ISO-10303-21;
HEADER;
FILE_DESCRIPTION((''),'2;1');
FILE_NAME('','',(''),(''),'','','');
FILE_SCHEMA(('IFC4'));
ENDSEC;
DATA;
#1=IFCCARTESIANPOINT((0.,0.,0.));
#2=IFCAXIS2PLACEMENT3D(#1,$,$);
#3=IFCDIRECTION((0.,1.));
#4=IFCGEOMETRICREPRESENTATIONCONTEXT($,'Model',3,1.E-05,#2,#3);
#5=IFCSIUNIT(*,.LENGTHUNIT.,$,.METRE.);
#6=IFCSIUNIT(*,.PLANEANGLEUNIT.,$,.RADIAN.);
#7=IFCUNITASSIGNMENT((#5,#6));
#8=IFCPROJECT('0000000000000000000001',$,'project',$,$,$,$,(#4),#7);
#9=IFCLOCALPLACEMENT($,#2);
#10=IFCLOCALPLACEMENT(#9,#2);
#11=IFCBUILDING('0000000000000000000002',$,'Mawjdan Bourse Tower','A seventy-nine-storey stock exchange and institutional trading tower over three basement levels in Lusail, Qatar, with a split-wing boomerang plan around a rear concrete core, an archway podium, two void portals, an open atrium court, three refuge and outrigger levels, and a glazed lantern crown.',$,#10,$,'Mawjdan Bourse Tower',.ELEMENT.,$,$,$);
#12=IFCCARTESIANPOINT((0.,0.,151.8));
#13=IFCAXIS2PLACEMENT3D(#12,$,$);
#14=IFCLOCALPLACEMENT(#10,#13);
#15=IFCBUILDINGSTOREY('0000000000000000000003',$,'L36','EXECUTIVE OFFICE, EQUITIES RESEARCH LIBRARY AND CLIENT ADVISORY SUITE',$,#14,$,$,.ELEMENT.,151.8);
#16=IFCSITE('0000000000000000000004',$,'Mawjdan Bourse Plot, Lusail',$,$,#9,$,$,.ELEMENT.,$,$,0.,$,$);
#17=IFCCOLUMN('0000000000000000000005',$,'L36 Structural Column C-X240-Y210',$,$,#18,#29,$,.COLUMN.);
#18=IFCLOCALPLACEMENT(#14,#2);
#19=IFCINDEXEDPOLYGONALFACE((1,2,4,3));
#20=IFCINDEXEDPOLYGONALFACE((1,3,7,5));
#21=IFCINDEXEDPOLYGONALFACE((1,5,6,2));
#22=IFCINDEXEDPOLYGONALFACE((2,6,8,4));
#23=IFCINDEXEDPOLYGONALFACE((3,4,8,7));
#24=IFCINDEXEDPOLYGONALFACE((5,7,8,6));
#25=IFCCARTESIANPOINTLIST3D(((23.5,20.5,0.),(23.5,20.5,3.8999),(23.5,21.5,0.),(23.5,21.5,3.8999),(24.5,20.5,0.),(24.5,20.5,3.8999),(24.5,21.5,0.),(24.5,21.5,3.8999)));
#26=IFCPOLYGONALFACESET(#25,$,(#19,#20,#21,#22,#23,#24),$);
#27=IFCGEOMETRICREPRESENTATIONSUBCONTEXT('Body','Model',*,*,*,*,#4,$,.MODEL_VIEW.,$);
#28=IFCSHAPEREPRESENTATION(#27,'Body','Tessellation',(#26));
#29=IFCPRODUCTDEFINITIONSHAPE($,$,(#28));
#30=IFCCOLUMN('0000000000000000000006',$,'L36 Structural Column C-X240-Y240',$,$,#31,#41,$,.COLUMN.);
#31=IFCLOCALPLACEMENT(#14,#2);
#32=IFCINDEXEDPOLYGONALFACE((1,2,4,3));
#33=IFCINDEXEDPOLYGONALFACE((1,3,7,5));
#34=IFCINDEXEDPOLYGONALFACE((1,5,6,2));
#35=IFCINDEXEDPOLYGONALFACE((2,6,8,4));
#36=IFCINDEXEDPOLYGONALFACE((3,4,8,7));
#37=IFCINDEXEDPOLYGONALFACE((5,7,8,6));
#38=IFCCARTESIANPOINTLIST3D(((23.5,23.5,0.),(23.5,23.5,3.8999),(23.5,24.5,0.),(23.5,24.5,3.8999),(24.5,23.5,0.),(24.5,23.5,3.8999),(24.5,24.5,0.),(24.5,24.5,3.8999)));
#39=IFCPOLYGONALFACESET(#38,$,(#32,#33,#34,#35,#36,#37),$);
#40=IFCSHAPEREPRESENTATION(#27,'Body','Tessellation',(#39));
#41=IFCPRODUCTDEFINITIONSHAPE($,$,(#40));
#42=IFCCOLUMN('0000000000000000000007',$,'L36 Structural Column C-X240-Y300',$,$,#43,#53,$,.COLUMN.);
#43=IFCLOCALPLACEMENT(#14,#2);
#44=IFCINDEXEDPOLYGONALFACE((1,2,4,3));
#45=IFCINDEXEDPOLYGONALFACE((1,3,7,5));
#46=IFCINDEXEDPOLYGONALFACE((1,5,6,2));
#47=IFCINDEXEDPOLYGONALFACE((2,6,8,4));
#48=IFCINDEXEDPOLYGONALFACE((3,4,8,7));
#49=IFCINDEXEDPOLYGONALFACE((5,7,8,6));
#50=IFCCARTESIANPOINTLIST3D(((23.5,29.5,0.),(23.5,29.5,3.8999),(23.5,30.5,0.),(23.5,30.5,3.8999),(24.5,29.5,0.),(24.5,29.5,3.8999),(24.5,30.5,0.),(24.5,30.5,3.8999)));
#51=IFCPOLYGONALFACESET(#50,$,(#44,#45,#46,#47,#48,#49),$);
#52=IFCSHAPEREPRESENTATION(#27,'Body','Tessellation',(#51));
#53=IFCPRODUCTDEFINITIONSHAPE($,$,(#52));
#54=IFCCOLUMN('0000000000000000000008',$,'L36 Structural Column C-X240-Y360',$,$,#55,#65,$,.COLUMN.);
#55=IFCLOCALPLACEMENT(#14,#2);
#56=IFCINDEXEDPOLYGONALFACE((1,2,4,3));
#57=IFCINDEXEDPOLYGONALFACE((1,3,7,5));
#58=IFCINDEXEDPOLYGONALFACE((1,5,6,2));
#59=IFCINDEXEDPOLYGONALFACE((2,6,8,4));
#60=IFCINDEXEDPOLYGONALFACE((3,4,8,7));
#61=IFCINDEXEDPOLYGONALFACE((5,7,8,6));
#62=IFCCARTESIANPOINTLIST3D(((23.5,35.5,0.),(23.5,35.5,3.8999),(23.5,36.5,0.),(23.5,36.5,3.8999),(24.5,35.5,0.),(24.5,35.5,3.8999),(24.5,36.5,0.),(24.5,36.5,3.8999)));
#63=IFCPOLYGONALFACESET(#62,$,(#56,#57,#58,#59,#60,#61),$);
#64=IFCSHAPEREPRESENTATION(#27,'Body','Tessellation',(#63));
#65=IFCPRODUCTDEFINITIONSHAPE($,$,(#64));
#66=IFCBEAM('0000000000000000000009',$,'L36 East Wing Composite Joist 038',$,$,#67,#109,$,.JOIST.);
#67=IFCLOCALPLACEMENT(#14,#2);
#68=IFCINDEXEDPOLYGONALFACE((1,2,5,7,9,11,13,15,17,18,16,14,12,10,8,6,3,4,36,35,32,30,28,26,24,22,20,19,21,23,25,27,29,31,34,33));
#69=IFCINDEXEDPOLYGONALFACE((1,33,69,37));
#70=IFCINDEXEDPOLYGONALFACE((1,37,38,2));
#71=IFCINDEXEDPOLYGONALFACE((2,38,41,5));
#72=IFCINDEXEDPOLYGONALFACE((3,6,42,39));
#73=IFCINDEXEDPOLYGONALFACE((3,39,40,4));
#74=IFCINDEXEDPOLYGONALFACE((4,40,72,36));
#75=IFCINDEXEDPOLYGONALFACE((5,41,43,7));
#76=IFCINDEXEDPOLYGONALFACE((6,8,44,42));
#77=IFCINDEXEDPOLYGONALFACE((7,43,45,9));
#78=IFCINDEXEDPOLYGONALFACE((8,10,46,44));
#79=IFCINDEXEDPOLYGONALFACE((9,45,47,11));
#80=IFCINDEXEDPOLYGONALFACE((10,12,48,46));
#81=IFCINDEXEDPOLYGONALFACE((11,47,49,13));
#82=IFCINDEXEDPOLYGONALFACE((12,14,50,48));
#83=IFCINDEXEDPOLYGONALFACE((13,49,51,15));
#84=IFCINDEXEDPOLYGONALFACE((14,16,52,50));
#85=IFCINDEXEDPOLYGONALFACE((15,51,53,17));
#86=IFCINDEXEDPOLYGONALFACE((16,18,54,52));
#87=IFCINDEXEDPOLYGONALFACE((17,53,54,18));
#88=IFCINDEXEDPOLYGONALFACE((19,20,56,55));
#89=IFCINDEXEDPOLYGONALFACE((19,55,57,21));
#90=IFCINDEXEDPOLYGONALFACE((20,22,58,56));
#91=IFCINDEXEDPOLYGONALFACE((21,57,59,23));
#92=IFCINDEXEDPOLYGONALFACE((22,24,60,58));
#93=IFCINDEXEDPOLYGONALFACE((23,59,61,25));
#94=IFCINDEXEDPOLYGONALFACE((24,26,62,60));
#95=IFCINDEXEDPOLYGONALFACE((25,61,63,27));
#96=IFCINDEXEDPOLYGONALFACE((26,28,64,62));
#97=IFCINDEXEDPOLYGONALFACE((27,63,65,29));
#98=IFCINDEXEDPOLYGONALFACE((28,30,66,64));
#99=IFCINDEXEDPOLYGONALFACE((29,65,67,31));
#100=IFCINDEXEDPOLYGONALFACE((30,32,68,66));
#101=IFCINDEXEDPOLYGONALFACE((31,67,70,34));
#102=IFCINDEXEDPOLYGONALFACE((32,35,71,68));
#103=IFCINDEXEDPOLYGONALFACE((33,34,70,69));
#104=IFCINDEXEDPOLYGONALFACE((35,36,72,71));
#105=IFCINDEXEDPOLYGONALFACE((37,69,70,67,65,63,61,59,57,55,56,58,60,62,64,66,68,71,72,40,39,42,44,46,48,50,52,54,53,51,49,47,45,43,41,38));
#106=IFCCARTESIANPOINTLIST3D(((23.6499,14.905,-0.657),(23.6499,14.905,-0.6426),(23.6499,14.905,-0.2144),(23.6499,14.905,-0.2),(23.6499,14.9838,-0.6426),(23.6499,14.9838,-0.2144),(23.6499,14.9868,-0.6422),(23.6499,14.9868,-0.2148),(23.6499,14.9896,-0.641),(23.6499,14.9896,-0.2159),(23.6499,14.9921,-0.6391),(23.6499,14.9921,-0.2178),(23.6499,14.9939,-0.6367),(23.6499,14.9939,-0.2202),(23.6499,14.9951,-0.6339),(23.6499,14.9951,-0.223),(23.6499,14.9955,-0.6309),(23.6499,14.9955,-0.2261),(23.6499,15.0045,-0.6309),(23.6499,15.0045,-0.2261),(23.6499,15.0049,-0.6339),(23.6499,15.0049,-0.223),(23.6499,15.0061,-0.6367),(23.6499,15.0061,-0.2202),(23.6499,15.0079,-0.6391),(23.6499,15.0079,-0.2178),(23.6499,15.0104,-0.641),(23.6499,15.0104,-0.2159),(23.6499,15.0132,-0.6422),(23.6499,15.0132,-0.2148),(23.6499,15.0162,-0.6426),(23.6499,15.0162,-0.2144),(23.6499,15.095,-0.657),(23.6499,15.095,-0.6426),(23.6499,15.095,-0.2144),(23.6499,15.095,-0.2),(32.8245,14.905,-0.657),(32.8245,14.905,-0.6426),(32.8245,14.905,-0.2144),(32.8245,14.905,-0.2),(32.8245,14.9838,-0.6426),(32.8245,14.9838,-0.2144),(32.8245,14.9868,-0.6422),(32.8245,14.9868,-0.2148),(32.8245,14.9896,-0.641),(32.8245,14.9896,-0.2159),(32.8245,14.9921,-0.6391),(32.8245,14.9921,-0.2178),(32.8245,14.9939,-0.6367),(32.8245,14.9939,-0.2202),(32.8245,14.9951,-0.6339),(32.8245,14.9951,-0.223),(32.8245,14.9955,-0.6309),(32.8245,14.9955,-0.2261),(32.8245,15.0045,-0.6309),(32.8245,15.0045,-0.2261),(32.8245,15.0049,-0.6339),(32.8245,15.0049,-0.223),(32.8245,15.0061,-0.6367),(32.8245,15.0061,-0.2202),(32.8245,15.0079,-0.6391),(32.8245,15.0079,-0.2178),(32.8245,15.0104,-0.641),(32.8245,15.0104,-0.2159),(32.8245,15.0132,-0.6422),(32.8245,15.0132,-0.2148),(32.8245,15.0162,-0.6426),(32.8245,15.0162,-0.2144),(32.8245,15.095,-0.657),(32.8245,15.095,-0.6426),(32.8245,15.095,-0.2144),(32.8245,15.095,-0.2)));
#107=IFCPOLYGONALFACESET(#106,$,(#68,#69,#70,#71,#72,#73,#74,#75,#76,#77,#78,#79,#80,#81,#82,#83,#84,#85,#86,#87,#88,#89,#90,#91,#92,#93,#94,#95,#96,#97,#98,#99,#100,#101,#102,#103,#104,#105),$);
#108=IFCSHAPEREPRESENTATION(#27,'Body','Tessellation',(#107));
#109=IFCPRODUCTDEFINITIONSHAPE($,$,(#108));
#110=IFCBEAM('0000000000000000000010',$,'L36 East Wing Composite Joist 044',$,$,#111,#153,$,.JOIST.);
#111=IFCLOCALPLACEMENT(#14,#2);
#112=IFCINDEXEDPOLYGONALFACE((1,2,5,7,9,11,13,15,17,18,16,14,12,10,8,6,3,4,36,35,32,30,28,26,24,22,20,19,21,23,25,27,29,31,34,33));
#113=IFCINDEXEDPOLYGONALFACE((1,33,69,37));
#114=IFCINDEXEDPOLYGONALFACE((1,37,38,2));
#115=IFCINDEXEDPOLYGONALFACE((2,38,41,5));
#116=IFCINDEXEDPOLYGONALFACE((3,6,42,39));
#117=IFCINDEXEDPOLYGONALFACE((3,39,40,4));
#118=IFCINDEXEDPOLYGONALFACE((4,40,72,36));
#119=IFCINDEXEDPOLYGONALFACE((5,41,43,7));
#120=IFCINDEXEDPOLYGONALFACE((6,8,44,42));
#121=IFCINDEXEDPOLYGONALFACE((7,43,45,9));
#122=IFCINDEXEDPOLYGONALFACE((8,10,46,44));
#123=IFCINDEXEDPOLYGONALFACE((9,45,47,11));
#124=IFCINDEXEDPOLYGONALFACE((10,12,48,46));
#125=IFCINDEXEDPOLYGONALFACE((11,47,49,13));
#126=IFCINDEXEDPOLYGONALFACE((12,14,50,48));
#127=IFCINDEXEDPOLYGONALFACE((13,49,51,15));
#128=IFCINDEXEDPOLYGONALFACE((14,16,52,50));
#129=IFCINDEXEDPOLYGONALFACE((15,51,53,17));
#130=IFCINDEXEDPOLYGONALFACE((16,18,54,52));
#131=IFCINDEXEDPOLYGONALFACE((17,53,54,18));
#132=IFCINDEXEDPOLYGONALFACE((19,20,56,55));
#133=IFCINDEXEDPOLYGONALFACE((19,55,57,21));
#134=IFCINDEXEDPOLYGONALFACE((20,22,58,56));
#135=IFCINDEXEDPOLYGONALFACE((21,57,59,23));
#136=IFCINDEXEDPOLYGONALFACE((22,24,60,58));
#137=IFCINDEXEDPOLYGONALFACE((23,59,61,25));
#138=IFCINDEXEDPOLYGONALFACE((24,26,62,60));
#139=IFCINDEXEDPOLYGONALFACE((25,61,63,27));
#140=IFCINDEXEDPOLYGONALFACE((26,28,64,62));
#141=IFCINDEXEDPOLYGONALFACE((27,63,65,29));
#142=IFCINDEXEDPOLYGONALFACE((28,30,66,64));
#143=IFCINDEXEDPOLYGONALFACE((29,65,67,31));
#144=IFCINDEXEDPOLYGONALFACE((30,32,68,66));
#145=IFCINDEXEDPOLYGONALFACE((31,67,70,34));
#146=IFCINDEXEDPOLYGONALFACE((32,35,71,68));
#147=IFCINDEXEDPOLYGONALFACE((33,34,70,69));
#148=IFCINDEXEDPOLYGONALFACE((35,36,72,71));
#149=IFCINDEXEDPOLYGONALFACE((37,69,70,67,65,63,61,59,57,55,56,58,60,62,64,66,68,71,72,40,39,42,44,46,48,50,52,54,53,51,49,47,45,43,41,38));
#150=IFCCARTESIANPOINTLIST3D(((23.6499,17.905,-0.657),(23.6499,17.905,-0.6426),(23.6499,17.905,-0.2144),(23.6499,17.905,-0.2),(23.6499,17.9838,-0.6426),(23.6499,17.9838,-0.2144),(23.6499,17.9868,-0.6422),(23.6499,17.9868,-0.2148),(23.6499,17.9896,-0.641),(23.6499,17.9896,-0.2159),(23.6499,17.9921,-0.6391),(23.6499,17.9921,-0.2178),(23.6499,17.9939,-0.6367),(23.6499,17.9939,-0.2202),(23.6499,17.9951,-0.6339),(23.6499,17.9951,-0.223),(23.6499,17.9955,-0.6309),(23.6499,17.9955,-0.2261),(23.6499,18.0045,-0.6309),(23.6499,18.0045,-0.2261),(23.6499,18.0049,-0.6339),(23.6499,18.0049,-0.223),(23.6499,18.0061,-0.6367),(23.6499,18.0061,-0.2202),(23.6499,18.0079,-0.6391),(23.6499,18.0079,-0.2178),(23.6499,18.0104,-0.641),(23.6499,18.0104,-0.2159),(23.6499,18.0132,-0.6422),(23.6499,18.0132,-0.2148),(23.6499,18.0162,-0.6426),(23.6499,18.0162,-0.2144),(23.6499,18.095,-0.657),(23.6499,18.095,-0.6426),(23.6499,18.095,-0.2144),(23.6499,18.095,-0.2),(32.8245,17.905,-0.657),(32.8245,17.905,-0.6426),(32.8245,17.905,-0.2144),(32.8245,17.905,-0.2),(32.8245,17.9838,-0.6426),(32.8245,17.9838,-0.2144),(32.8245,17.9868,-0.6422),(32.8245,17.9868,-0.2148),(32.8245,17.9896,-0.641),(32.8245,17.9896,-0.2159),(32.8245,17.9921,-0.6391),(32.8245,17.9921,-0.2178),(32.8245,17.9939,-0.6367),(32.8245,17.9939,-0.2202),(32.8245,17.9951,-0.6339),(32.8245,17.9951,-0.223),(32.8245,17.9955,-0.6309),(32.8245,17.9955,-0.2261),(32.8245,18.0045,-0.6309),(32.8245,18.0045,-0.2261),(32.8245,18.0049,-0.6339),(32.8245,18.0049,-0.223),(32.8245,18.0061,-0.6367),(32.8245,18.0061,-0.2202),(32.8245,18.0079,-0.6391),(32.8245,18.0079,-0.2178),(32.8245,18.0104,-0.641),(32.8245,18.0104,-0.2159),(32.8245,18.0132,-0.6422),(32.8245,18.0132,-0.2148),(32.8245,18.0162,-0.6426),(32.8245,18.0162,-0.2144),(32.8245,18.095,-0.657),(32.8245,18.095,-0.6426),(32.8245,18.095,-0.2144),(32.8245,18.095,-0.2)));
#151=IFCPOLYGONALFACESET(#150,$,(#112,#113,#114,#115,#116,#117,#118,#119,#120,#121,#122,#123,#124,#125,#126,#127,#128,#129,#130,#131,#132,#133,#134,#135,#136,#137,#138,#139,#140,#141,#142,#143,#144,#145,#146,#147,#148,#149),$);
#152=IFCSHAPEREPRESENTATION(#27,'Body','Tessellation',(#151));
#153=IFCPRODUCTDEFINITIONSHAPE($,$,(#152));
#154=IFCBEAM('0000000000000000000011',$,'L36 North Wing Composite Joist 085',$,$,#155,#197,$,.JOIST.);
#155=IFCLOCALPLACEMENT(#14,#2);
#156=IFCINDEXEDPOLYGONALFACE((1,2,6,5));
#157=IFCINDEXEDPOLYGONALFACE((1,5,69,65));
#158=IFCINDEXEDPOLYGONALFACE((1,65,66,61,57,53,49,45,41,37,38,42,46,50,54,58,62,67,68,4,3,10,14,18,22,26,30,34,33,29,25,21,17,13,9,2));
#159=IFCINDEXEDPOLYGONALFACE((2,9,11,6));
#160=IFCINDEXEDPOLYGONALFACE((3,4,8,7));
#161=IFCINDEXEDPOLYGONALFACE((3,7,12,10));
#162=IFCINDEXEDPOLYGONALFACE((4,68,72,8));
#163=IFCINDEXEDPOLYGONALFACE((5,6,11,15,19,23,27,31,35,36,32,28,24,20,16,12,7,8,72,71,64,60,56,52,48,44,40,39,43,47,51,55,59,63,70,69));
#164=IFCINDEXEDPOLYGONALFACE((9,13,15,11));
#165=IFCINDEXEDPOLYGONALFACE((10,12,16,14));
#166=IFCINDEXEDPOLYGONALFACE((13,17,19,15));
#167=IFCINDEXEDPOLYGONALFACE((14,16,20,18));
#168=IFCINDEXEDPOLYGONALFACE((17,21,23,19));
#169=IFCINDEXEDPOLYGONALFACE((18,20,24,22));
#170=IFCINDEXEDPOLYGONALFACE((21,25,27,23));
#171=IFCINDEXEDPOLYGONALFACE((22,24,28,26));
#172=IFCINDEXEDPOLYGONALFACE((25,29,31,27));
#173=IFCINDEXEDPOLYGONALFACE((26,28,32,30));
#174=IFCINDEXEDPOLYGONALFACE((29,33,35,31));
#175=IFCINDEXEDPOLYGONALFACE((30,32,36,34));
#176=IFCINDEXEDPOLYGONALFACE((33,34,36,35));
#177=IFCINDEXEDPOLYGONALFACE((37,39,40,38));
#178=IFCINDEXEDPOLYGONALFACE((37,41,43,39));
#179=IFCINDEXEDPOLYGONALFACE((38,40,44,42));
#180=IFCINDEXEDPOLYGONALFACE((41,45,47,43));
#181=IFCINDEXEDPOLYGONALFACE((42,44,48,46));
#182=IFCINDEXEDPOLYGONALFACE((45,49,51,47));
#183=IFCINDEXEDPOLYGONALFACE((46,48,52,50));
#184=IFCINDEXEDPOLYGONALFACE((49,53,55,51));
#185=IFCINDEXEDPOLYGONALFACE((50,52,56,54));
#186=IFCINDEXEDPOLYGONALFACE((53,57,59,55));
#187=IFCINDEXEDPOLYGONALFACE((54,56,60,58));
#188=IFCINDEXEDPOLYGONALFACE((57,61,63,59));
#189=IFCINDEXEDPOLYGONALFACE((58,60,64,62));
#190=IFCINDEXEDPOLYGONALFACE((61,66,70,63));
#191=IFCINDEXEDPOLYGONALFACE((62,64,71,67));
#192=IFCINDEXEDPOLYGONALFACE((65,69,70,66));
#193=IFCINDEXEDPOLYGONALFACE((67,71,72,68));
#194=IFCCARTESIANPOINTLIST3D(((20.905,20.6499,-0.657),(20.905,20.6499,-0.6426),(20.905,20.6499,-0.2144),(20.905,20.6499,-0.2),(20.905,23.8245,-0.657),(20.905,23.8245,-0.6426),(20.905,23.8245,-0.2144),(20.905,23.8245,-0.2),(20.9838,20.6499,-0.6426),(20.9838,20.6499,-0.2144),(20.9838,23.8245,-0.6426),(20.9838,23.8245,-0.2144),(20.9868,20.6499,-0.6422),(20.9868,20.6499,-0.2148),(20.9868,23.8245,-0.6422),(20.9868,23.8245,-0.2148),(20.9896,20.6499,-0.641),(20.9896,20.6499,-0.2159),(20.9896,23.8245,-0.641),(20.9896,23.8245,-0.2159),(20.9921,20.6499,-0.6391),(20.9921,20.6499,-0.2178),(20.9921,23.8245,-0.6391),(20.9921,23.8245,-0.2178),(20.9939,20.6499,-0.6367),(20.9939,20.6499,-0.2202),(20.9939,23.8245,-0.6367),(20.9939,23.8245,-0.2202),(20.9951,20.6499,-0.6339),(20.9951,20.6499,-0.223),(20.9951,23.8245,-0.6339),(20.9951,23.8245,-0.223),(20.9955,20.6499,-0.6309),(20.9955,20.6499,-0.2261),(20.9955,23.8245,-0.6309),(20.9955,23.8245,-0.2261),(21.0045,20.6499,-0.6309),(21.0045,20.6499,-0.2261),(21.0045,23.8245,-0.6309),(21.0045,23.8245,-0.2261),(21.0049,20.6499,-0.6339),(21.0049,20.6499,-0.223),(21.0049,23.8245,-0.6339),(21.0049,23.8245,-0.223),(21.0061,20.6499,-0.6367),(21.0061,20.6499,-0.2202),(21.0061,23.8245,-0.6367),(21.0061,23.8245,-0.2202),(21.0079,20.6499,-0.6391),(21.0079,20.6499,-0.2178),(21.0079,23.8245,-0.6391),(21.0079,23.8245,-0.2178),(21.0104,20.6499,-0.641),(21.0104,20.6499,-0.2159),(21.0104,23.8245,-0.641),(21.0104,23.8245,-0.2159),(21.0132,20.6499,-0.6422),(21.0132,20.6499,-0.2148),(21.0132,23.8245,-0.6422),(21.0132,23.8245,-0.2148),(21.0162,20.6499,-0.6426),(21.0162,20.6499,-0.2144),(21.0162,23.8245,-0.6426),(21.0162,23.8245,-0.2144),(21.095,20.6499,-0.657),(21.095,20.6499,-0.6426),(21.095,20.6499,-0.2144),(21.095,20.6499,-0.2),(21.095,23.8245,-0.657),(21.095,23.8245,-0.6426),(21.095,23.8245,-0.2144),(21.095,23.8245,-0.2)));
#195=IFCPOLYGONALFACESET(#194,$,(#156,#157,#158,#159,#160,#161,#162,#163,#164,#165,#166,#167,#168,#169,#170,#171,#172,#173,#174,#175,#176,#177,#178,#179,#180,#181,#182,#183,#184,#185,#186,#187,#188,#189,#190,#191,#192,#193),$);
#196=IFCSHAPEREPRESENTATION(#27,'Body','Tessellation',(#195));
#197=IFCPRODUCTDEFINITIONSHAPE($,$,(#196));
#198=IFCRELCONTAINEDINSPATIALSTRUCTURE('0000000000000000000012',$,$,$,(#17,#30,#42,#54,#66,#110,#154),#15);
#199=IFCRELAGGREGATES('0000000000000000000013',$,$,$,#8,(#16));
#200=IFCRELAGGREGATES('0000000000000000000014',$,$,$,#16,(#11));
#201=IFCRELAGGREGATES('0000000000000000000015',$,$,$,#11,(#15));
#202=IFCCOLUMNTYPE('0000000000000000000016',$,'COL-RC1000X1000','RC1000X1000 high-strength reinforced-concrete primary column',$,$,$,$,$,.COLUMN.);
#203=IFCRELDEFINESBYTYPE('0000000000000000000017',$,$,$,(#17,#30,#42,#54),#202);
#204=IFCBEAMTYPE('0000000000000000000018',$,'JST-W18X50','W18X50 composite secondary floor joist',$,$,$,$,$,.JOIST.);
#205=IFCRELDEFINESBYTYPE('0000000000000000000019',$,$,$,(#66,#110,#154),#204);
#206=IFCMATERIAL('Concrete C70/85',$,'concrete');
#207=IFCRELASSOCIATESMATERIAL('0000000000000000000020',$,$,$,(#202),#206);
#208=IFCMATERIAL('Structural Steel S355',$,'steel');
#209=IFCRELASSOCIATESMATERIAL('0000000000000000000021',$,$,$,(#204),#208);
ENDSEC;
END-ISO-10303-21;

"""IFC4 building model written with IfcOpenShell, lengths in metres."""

from ifc_helpers import new_model, si_unit, direction, frame, origin, origin_2d, place, context, subcontext, project, spatial, rectangle, i_section, extrude, material, material_profile, profile_set, type_object, element, save


model = new_model("IFC4")

# Units and contexts
model_context = context("Model", 3, precision=1e-05, world=origin(), true_north=direction((0.0, 1.0)))
body_context = subcontext(model_context, "Body", "Model", "MODEL_VIEW")
ifc_project = project(units=[si_unit("LENGTHUNIT", "METRE"), si_unit("PLANEANGLEUNIT", "RADIAN")], contexts=[model_context])

# Site, building, storey
site_placement = place(None, origin())
site = spatial("IfcSite", under=ifc_project, at=site_placement, Name="Mawjdan Bourse Plot, Lusail", CompositionType="ELEMENT", RefElevation=0.0)
building_placement = place(site_placement, origin())
building = spatial("IfcBuilding", under=site, at=building_placement, Name="Mawjdan Bourse Tower", Description="A seventy-nine-storey stock exchange and institutional trading tower over three basement levels in Lusail, Qatar, with a split-wing boomerang plan around a rear concrete core, an archway podium, two void portals, an open atrium court, three refuge and outrigger levels, and a glazed lantern crown.", LongName="Mawjdan Bourse Tower", CompositionType="ELEMENT")
storey_placement = place(building_placement, frame((0.0, 0.0, 151.8)))
storey = spatial("IfcBuildingStorey", under=building, at=storey_placement, Name="L36", Description="EXECUTIVE OFFICE, EQUITIES RESEARCH LIBRARY AND CLIENT ADVISORY SUITE", CompositionType="ELEMENT", Elevation=151.8)

# Columns
ifc_material_1 = material(Name="Concrete C70/85", Category="concrete")
ifc_material_profile_1 = material_profile(ifc_material_1, rectangle(XDim=1.0, YDim=1.0, at=origin_2d()), Name="RC1000X1000")
ifc_profile_set_1 = profile_set([ifc_material_profile_1], Name="Concrete C70/85")
column_type = type_object("IfcColumnType", Name="COL-RC1000X1000", Description="RC1000X1000 high-strength reinforced-concrete primary column", PredefinedType="COLUMN", material=ifc_profile_set_1)
for number, where, z_axis, x_axis, name in (
    (1, (24.0, 21.0, 0.0), (0.0, 0.0, 1.0), (1.0, 0.0, 0.0), "L36 Structural Column C-X240-Y210"),
    (2, (24.0, 24.0, 0.0), (0.0, 0.0, 1.0), (1.0, 0.0, 0.0), "L36 Structural Column C-X240-Y240"),
    (3, (24.0, 30.0, 0.0), (0.0, 0.0, 1.0), (1.0, 0.0, 0.0), "L36 Structural Column C-X240-Y300"),
    (4, (24.0, 36.0, 0.0), (0.0, 0.0, 1.0), (1.0, 0.0, 0.0), "L36 Structural Column C-X240-Y360"),
):
    element("IfcColumn", number, at=place(storey_placement, frame(where, z_axis=z_axis, x_axis=x_axis)), inside=storey, type_object=column_type, Name=name, PredefinedType="COLUMN", context=body_context, shape_type="SweptSolid", body=[
        extrude(rectangle(XDim=1.0, YDim=1.0, at=origin_2d()), origin(), (0.0, 0.0, 1.0), 3.8999),
    ])

# Beams
ifc_material_2 = material(Name="Structural Steel S355", Category="steel")
ifc_material_profile_2 = material_profile(ifc_material_2, i_section(OverallWidth=0.1899, OverallDepth=0.457, WebThickness=0.009, FlangeThickness=0.0144, FilletRadius=0.0117, at=origin_2d()), Name="W18X50")
ifc_profile_set_2 = profile_set([ifc_material_profile_2], Name="Structural Steel S355")
beam_type_1 = type_object("IfcBeamType", Name="JST-W18X50", Description="W18X50 composite secondary floor joist", PredefinedType="JOIST", material=ifc_profile_set_2)
for number, where, z_axis, x_axis, name in (
    (5, (23.6499, 15.0, -0.4285), (1.0, 0.0, 0.0), (0.0, 1.0, 0.0), "L36 East Wing Composite Joist 038"),
    (6, (23.6499, 18.0, -0.4285), (1.0, 0.0, 0.0), (0.0, 1.0, 0.0), "L36 East Wing Composite Joist 044"),
):
    element("IfcBeam", number, at=place(storey_placement, frame(where, z_axis=z_axis, x_axis=x_axis)), inside=storey, type_object=beam_type_1, Name=name, PredefinedType="JOIST", context=body_context, shape_type="SweptSolid", body=[
        extrude(i_section(OverallWidth=0.1899, OverallDepth=0.457, WebThickness=0.009, FlangeThickness=0.0144, FilletRadius=0.0117, at=origin_2d()), origin(), (0.0, 0.0, 1.0), 9.1746),
    ])
beam_1_placement = place(storey_placement, frame((21.0, 20.6499, -0.4285), z_axis=(0.0, 1.0, 0.0), x_axis=(-1.0, 0.0, 0.0)))
element("IfcBeam", 7, at=beam_1_placement, inside=storey, type_object=beam_type_1, Name="L36 North Wing Composite Joist 085", PredefinedType="JOIST", context=body_context, shape_type="SweptSolid", body=[
    extrude(i_section(OverallWidth=0.1899, OverallDepth=0.457, WebThickness=0.009, FlangeThickness=0.0144, FilletRadius=0.0117, at=origin_2d()), origin(), (0.0, 0.0, 1.0), 3.1746),
])

save(model, "model.ifc")
